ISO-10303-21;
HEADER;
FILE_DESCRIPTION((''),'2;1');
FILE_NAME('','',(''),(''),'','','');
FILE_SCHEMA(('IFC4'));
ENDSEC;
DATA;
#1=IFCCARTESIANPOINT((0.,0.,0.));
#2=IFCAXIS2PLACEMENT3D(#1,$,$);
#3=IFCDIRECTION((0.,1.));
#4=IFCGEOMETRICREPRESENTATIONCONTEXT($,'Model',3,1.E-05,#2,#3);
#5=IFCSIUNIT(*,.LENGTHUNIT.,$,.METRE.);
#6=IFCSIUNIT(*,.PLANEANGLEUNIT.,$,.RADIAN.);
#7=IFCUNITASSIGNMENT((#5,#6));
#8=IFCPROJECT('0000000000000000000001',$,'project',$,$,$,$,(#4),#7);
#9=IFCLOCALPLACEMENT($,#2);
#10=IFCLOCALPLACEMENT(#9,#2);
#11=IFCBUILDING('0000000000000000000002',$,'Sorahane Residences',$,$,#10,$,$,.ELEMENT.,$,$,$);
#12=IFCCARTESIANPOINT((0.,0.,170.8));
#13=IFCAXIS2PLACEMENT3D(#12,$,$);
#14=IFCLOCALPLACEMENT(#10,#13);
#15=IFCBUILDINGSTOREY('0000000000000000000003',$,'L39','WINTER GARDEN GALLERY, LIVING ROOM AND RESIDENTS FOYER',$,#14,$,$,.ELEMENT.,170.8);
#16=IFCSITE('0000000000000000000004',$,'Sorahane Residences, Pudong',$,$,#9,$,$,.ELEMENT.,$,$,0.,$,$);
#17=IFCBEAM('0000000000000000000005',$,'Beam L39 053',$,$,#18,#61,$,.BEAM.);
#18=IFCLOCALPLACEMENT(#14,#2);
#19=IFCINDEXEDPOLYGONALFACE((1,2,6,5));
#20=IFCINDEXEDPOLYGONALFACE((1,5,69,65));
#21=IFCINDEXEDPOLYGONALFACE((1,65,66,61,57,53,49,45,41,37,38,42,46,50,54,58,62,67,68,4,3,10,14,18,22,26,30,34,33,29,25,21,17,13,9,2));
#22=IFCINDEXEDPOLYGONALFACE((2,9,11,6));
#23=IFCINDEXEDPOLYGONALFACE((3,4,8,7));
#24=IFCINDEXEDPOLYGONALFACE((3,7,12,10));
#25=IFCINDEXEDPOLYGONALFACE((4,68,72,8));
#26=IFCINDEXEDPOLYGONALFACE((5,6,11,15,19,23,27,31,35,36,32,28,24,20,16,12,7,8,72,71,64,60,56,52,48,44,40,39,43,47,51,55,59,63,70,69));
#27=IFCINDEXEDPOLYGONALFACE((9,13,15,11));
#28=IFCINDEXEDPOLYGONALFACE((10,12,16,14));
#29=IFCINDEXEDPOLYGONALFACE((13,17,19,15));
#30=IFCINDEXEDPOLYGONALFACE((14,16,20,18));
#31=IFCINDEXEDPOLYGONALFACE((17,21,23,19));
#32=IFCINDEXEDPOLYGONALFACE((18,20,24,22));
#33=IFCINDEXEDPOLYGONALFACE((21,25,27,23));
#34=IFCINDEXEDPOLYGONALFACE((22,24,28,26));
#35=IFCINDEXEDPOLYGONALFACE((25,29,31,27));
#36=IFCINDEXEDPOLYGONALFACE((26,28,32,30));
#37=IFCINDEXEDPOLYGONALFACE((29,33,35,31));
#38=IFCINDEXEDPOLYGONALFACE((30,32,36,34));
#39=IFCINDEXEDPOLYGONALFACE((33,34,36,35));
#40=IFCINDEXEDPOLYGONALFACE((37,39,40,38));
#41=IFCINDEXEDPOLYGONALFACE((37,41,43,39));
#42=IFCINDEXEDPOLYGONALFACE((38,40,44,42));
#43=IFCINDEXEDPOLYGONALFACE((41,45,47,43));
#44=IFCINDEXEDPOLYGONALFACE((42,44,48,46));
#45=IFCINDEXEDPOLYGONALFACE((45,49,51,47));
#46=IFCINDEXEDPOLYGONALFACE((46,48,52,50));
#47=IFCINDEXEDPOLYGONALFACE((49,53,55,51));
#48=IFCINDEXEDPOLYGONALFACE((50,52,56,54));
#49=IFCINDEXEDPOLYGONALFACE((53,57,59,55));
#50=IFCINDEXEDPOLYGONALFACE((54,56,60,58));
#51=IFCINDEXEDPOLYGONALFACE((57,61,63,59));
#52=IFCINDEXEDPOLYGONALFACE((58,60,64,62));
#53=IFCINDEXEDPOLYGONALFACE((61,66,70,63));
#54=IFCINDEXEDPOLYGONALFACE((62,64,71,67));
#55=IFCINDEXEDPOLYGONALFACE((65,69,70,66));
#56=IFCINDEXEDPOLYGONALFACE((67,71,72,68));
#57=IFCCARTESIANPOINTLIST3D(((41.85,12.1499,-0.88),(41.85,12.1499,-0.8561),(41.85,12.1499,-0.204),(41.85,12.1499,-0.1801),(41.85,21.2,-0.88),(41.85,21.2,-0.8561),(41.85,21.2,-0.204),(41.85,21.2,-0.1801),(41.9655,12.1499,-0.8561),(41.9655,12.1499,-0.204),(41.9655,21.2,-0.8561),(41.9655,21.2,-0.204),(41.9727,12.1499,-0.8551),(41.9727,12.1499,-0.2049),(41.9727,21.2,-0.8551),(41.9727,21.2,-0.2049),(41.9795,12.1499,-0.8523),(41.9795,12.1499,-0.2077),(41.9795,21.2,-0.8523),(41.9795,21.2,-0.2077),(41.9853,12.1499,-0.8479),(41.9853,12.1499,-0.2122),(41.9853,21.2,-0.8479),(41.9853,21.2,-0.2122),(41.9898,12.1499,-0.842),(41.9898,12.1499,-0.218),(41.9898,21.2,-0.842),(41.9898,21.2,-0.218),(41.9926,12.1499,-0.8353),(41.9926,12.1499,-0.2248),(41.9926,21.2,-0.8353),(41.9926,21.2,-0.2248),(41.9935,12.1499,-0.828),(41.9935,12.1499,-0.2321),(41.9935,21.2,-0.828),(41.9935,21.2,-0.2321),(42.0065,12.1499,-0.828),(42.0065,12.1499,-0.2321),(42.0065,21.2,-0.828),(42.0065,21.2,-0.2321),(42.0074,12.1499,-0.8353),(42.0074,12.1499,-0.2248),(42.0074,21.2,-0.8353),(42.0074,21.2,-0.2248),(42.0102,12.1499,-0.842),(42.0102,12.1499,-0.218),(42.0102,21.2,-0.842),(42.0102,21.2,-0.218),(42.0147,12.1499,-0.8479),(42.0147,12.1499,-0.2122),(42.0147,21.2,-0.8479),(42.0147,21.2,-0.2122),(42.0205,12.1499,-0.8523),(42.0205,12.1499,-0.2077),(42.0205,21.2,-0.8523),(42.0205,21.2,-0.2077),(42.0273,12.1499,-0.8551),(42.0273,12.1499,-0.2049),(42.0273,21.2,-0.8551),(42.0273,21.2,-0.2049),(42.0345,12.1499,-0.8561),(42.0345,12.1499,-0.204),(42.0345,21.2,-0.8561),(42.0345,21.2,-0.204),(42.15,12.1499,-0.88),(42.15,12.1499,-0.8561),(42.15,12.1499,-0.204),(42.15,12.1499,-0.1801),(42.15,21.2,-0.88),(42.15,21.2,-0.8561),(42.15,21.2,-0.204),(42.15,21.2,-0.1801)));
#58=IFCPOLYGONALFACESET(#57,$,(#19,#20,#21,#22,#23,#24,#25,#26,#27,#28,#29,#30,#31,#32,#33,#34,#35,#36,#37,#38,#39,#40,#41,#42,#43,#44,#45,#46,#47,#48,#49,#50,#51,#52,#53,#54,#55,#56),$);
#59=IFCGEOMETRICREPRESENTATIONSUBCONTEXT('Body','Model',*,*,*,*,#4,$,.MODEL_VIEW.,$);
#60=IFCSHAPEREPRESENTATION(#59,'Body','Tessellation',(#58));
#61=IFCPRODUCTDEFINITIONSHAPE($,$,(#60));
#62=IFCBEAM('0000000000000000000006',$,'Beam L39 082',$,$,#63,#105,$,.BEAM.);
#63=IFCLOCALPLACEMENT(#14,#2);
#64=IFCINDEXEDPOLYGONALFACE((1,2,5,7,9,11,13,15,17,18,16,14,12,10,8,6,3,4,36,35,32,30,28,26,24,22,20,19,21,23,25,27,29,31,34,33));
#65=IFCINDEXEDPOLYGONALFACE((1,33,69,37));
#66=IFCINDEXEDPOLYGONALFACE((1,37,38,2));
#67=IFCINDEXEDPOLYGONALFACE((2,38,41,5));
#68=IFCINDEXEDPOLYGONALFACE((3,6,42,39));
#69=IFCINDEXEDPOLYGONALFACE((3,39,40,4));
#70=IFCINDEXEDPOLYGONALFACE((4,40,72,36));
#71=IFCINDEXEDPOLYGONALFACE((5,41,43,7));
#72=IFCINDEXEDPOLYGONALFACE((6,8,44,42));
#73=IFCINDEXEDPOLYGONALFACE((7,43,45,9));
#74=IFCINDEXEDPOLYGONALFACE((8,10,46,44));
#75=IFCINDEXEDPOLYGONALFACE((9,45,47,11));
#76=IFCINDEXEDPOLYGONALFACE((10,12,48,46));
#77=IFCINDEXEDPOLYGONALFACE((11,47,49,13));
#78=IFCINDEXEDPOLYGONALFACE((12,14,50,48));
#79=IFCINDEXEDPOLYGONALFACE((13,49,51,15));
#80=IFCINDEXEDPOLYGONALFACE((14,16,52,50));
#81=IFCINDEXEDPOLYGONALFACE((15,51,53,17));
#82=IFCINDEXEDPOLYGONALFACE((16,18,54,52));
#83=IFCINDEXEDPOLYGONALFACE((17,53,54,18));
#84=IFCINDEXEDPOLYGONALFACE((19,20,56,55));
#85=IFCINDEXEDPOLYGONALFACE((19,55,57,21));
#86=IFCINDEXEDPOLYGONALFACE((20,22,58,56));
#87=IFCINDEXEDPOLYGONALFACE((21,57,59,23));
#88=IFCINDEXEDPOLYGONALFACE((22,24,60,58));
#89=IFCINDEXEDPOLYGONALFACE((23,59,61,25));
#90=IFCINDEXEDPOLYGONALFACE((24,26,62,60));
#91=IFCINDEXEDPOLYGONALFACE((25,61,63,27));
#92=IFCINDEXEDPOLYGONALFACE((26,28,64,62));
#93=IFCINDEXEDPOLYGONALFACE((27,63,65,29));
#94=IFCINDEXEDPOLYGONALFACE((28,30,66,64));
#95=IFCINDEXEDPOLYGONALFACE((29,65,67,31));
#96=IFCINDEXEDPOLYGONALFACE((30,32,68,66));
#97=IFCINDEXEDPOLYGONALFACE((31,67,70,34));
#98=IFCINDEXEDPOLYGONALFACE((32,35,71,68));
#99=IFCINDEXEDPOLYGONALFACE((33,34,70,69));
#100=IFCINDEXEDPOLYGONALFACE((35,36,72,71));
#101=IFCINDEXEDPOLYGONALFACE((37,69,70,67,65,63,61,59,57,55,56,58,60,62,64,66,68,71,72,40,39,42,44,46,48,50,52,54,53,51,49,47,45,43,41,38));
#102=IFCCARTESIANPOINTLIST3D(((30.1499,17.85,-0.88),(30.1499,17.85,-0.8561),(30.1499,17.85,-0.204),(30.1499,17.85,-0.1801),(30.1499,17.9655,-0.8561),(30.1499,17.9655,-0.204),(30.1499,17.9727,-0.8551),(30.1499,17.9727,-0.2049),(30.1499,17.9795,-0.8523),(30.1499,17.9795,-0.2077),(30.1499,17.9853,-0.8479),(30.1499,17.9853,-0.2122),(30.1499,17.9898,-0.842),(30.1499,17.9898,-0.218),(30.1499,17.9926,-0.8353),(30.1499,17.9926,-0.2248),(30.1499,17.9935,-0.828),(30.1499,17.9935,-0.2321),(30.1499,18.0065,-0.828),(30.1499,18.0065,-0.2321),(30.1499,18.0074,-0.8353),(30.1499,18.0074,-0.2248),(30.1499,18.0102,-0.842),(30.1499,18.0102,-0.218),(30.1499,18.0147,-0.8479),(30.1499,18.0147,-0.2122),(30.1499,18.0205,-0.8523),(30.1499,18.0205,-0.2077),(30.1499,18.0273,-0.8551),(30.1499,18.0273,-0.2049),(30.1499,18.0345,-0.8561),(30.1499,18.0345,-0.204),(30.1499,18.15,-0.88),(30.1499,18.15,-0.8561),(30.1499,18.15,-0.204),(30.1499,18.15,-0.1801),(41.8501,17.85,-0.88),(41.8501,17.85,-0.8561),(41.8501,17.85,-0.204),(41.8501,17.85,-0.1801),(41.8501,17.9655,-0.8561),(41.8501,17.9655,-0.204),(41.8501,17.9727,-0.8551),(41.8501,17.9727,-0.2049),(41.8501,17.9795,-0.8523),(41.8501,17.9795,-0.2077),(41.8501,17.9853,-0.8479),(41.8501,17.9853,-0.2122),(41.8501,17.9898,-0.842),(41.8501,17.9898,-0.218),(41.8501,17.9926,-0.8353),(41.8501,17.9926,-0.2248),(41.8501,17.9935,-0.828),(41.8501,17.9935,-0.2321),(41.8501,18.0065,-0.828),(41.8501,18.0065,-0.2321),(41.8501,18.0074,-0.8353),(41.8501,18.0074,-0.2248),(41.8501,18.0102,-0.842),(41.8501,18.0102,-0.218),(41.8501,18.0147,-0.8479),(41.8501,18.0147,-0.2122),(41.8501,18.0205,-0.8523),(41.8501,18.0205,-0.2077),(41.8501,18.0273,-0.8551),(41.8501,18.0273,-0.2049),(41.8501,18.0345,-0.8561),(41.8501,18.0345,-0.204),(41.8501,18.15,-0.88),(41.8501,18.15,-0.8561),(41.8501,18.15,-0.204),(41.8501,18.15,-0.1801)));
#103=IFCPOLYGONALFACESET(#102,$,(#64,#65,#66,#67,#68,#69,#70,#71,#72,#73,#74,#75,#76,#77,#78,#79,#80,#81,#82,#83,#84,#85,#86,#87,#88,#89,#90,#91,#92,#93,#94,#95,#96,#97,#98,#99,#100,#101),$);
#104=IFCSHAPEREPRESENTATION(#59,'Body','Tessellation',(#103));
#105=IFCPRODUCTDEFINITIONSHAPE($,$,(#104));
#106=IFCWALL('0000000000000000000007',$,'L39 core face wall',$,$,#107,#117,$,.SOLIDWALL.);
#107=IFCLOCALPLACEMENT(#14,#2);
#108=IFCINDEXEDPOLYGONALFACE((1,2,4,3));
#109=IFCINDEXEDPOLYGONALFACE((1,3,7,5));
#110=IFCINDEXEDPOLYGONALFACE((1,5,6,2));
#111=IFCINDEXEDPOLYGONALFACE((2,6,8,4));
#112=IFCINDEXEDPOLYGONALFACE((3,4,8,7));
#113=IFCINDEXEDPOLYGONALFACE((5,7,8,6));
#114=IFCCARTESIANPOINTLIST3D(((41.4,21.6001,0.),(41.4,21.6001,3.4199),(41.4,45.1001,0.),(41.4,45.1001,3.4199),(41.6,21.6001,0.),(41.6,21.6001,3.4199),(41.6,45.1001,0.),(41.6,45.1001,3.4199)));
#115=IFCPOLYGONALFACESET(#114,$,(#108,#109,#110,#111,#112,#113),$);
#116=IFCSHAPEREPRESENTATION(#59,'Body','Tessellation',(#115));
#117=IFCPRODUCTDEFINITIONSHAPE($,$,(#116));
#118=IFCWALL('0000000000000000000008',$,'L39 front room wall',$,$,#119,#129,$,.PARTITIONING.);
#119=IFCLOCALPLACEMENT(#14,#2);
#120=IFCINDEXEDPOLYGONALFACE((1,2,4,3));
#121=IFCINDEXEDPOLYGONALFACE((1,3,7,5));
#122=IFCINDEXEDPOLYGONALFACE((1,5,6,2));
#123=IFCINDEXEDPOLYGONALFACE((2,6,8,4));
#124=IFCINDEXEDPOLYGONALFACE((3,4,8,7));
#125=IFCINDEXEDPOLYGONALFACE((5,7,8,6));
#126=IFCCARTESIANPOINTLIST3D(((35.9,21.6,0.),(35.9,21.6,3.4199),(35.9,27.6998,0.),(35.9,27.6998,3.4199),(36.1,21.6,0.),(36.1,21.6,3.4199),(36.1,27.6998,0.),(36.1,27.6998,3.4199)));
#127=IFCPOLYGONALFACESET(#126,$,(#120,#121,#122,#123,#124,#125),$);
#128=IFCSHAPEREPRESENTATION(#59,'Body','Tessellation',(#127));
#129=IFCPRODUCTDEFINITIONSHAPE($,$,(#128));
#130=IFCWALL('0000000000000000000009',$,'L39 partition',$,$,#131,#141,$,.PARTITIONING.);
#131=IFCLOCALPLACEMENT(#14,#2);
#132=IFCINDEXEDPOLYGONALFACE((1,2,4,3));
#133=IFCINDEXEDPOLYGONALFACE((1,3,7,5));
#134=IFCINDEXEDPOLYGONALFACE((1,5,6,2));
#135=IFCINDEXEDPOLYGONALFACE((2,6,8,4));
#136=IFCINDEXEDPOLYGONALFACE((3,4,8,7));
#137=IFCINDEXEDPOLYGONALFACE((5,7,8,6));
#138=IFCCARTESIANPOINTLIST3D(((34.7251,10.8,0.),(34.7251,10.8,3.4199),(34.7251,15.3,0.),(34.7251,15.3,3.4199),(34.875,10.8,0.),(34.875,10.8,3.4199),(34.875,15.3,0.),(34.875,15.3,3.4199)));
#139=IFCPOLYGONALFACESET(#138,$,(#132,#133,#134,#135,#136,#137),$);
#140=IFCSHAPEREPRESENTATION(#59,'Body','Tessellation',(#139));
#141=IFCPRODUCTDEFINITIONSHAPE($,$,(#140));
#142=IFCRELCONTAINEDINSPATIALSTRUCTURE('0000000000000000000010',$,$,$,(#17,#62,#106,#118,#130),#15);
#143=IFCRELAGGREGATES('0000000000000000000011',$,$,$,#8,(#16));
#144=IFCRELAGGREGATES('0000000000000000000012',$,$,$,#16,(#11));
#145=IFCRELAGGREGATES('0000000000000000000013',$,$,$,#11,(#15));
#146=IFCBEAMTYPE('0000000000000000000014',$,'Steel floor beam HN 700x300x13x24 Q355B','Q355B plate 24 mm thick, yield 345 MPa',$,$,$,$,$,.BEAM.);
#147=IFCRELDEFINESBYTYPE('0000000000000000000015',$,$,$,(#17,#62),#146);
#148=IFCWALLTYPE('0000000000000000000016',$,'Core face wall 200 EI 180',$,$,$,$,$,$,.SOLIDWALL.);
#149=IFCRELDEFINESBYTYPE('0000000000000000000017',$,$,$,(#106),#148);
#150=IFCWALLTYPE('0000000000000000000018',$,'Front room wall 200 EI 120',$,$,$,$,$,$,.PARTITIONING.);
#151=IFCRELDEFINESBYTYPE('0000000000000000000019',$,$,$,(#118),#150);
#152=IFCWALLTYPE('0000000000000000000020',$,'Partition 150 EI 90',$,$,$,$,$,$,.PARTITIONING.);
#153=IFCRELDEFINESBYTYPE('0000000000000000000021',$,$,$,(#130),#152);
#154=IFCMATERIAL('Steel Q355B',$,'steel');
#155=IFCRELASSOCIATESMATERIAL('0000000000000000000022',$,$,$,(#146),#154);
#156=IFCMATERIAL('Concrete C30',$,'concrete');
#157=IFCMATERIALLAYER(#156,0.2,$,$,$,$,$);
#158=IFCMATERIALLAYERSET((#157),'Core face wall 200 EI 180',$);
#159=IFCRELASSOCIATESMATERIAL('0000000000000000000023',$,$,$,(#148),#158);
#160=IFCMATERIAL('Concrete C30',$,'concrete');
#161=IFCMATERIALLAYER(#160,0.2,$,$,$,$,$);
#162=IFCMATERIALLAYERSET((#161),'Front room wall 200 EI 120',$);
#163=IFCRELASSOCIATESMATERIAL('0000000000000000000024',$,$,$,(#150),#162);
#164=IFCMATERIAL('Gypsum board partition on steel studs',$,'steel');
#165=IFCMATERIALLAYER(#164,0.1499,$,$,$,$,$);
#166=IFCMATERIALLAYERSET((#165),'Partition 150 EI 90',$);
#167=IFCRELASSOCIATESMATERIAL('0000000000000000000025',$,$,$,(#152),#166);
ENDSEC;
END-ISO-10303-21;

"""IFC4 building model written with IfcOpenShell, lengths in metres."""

from ifc_helpers import new_model, si_unit, direction, frame, frame_2d, origin, origin_2d, place, context, subcontext, project, spatial, rectangle, i_section, extrude, material, layer, layer_set, material_profile, profile_set, type_object, element, save


model = new_model("IFC4")

# Units and contexts
model_context = context("Model", 3, precision=1e-05, world=origin(), true_north=direction((0.0, 1.0)))
body_context = subcontext(model_context, "Body", "Model", "MODEL_VIEW")
ifc_project = project(units=[si_unit("LENGTHUNIT", "METRE"), si_unit("PLANEANGLEUNIT", "RADIAN")], contexts=[model_context])

# Site, building, storey
site_placement = place(None, origin())
site = spatial("IfcSite", under=ifc_project, at=site_placement, Name="Sorahane Residences, Pudong", CompositionType="ELEMENT", RefElevation=0.0)
building_placement = place(site_placement, origin())
building = spatial("IfcBuilding", under=site, at=building_placement, Name="Sorahane Residences", CompositionType="ELEMENT")
storey_placement = place(building_placement, frame((0.0, 0.0, 170.8)))
storey = spatial("IfcBuildingStorey", under=building, at=storey_placement, Name="L39", Description="WINTER GARDEN GALLERY, LIVING ROOM AND RESIDENTS FOYER", CompositionType="ELEMENT", Elevation=170.8)

# Beams
ifc_material_1 = material(Name="Steel Q355B", Category="steel")
ifc_material_profile_1 = material_profile(ifc_material_1, i_section(OverallWidth=0.3, OverallDepth=0.7, WebThickness=0.0129, FlangeThickness=0.0239, FilletRadius=0.0281, at=origin_2d()), Name="HN 700x300x13x24")
ifc_profile_set_1 = profile_set([ifc_material_profile_1], Name="Steel Q355B")
beam_type_1 = type_object("IfcBeamType", Name="Steel floor beam HN 700x300x13x24 Q355B", Description="Q355B plate 24 mm thick, yield 345 MPa", PredefinedType="BEAM", material=ifc_profile_set_1)
for number, where, z_axis, x_axis, name in (
    (1, (42.0, 12.1499, -0.53), (0.0, 1.0, 0.0), (-1.0, 0.0, 0.0), "Beam L39 053"),
):
    element("IfcBeam", number, at=place(storey_placement, frame(where, z_axis=z_axis, x_axis=x_axis)), inside=storey, type_object=beam_type_1, Name=name, PredefinedType="BEAM", context=body_context, shape_type="SweptSolid", body=[
        extrude(i_section(OverallWidth=0.3, OverallDepth=0.7, WebThickness=0.0129, FlangeThickness=0.0239, FilletRadius=0.0281, at=origin_2d()), origin(), (0.0, 0.0, 1.0), 9.05),
    ])
beam_1_placement = place(storey_placement, frame((30.1499, 18.0, -0.53), z_axis=(1.0, 0.0, 0.0), x_axis=(0.0, 1.0, 0.0)))
element("IfcBeam", 2, at=beam_1_placement, inside=storey, type_object=beam_type_1, Name="Beam L39 082", PredefinedType="BEAM", context=body_context, shape_type="SweptSolid", body=[
    extrude(i_section(OverallWidth=0.3, OverallDepth=0.7, WebThickness=0.0129, FlangeThickness=0.0239, FilletRadius=0.0281, at=origin_2d()), origin(), (0.0, 0.0, 1.0), 11.7002),
])

# Walls
ifc_material_2 = material(Name="Concrete C30", Category="concrete")
ifc_layer_1 = layer(ifc_material_2, 0.2)
ifc_layer_set_1 = layer_set([ifc_layer_1], Name="Core face wall 200 EI 180")
wall_type_1 = type_object("IfcWallType", Name="Core face wall 200 EI 180", PredefinedType="SOLIDWALL", material=ifc_layer_set_1)
wall_1_placement = place(storey_placement, frame((41.5, 21.6001, 0.0), z_axis=(0.0, 0.0, 1.0), x_axis=(0.0, 1.0, 0.0)))
element("IfcWall", 3, at=wall_1_placement, inside=storey, type_object=wall_type_1, Name="L39 core face wall", PredefinedType="SOLIDWALL", context=body_context, shape_type="SweptSolid", body=[
    extrude(rectangle(XDim=23.5, YDim=0.2, at=frame_2d((11.75, 0.0))), origin(), (0.0, 0.0, 1.0), 3.4199),
])
ifc_material_3 = material(Name="Concrete C30", Category="concrete")
ifc_layer_2 = layer(ifc_material_3, 0.2)
ifc_layer_set_2 = layer_set([ifc_layer_2], Name="Front room wall 200 EI 120")
wall_type_2 = type_object("IfcWallType", Name="Front room wall 200 EI 120", PredefinedType="PARTITIONING", material=ifc_layer_set_2)
wall_2_placement = place(storey_placement, frame((36.0, 21.6001, 0.0), z_axis=(0.0, 0.0, 1.0), x_axis=(0.0, 1.0, 0.0)))
element("IfcWall", 4, at=wall_2_placement, inside=storey, type_object=wall_type_2, Name="L39 front room wall", PredefinedType="PARTITIONING", context=body_context, shape_type="SweptSolid", body=[
    extrude(rectangle(XDim=6.0999, YDim=0.2, at=frame_2d((3.0498, 0.0))), origin(), (0.0, 0.0, 1.0), 3.4199),
])
ifc_material_4 = material(Name="Gypsum board partition on steel studs", Category="steel")
ifc_layer_3 = layer(ifc_material_4, 0.1499)
ifc_layer_set_3 = layer_set([ifc_layer_3], Name="Partition 150 EI 90")
wall_type_3 = type_object("IfcWallType", Name="Partition 150 EI 90", PredefinedType="PARTITIONING", material=ifc_layer_set_3)
wall_3_placement = place(storey_placement, frame((34.8, 10.8, 0.0), z_axis=(0.0, 0.0, 1.0), x_axis=(0.0, 1.0, 0.0)))
element("IfcWall", 5, at=wall_3_placement, inside=storey, type_object=wall_type_3, Name="L39 partition", PredefinedType="PARTITIONING", context=body_context, shape_type="SweptSolid", body=[
    extrude(rectangle(XDim=4.5, YDim=0.1499, at=frame_2d((2.25, 0.0))), origin(), (0.0, 0.0, 1.0), 3.4199),
])

save(model, "model.ifc")
